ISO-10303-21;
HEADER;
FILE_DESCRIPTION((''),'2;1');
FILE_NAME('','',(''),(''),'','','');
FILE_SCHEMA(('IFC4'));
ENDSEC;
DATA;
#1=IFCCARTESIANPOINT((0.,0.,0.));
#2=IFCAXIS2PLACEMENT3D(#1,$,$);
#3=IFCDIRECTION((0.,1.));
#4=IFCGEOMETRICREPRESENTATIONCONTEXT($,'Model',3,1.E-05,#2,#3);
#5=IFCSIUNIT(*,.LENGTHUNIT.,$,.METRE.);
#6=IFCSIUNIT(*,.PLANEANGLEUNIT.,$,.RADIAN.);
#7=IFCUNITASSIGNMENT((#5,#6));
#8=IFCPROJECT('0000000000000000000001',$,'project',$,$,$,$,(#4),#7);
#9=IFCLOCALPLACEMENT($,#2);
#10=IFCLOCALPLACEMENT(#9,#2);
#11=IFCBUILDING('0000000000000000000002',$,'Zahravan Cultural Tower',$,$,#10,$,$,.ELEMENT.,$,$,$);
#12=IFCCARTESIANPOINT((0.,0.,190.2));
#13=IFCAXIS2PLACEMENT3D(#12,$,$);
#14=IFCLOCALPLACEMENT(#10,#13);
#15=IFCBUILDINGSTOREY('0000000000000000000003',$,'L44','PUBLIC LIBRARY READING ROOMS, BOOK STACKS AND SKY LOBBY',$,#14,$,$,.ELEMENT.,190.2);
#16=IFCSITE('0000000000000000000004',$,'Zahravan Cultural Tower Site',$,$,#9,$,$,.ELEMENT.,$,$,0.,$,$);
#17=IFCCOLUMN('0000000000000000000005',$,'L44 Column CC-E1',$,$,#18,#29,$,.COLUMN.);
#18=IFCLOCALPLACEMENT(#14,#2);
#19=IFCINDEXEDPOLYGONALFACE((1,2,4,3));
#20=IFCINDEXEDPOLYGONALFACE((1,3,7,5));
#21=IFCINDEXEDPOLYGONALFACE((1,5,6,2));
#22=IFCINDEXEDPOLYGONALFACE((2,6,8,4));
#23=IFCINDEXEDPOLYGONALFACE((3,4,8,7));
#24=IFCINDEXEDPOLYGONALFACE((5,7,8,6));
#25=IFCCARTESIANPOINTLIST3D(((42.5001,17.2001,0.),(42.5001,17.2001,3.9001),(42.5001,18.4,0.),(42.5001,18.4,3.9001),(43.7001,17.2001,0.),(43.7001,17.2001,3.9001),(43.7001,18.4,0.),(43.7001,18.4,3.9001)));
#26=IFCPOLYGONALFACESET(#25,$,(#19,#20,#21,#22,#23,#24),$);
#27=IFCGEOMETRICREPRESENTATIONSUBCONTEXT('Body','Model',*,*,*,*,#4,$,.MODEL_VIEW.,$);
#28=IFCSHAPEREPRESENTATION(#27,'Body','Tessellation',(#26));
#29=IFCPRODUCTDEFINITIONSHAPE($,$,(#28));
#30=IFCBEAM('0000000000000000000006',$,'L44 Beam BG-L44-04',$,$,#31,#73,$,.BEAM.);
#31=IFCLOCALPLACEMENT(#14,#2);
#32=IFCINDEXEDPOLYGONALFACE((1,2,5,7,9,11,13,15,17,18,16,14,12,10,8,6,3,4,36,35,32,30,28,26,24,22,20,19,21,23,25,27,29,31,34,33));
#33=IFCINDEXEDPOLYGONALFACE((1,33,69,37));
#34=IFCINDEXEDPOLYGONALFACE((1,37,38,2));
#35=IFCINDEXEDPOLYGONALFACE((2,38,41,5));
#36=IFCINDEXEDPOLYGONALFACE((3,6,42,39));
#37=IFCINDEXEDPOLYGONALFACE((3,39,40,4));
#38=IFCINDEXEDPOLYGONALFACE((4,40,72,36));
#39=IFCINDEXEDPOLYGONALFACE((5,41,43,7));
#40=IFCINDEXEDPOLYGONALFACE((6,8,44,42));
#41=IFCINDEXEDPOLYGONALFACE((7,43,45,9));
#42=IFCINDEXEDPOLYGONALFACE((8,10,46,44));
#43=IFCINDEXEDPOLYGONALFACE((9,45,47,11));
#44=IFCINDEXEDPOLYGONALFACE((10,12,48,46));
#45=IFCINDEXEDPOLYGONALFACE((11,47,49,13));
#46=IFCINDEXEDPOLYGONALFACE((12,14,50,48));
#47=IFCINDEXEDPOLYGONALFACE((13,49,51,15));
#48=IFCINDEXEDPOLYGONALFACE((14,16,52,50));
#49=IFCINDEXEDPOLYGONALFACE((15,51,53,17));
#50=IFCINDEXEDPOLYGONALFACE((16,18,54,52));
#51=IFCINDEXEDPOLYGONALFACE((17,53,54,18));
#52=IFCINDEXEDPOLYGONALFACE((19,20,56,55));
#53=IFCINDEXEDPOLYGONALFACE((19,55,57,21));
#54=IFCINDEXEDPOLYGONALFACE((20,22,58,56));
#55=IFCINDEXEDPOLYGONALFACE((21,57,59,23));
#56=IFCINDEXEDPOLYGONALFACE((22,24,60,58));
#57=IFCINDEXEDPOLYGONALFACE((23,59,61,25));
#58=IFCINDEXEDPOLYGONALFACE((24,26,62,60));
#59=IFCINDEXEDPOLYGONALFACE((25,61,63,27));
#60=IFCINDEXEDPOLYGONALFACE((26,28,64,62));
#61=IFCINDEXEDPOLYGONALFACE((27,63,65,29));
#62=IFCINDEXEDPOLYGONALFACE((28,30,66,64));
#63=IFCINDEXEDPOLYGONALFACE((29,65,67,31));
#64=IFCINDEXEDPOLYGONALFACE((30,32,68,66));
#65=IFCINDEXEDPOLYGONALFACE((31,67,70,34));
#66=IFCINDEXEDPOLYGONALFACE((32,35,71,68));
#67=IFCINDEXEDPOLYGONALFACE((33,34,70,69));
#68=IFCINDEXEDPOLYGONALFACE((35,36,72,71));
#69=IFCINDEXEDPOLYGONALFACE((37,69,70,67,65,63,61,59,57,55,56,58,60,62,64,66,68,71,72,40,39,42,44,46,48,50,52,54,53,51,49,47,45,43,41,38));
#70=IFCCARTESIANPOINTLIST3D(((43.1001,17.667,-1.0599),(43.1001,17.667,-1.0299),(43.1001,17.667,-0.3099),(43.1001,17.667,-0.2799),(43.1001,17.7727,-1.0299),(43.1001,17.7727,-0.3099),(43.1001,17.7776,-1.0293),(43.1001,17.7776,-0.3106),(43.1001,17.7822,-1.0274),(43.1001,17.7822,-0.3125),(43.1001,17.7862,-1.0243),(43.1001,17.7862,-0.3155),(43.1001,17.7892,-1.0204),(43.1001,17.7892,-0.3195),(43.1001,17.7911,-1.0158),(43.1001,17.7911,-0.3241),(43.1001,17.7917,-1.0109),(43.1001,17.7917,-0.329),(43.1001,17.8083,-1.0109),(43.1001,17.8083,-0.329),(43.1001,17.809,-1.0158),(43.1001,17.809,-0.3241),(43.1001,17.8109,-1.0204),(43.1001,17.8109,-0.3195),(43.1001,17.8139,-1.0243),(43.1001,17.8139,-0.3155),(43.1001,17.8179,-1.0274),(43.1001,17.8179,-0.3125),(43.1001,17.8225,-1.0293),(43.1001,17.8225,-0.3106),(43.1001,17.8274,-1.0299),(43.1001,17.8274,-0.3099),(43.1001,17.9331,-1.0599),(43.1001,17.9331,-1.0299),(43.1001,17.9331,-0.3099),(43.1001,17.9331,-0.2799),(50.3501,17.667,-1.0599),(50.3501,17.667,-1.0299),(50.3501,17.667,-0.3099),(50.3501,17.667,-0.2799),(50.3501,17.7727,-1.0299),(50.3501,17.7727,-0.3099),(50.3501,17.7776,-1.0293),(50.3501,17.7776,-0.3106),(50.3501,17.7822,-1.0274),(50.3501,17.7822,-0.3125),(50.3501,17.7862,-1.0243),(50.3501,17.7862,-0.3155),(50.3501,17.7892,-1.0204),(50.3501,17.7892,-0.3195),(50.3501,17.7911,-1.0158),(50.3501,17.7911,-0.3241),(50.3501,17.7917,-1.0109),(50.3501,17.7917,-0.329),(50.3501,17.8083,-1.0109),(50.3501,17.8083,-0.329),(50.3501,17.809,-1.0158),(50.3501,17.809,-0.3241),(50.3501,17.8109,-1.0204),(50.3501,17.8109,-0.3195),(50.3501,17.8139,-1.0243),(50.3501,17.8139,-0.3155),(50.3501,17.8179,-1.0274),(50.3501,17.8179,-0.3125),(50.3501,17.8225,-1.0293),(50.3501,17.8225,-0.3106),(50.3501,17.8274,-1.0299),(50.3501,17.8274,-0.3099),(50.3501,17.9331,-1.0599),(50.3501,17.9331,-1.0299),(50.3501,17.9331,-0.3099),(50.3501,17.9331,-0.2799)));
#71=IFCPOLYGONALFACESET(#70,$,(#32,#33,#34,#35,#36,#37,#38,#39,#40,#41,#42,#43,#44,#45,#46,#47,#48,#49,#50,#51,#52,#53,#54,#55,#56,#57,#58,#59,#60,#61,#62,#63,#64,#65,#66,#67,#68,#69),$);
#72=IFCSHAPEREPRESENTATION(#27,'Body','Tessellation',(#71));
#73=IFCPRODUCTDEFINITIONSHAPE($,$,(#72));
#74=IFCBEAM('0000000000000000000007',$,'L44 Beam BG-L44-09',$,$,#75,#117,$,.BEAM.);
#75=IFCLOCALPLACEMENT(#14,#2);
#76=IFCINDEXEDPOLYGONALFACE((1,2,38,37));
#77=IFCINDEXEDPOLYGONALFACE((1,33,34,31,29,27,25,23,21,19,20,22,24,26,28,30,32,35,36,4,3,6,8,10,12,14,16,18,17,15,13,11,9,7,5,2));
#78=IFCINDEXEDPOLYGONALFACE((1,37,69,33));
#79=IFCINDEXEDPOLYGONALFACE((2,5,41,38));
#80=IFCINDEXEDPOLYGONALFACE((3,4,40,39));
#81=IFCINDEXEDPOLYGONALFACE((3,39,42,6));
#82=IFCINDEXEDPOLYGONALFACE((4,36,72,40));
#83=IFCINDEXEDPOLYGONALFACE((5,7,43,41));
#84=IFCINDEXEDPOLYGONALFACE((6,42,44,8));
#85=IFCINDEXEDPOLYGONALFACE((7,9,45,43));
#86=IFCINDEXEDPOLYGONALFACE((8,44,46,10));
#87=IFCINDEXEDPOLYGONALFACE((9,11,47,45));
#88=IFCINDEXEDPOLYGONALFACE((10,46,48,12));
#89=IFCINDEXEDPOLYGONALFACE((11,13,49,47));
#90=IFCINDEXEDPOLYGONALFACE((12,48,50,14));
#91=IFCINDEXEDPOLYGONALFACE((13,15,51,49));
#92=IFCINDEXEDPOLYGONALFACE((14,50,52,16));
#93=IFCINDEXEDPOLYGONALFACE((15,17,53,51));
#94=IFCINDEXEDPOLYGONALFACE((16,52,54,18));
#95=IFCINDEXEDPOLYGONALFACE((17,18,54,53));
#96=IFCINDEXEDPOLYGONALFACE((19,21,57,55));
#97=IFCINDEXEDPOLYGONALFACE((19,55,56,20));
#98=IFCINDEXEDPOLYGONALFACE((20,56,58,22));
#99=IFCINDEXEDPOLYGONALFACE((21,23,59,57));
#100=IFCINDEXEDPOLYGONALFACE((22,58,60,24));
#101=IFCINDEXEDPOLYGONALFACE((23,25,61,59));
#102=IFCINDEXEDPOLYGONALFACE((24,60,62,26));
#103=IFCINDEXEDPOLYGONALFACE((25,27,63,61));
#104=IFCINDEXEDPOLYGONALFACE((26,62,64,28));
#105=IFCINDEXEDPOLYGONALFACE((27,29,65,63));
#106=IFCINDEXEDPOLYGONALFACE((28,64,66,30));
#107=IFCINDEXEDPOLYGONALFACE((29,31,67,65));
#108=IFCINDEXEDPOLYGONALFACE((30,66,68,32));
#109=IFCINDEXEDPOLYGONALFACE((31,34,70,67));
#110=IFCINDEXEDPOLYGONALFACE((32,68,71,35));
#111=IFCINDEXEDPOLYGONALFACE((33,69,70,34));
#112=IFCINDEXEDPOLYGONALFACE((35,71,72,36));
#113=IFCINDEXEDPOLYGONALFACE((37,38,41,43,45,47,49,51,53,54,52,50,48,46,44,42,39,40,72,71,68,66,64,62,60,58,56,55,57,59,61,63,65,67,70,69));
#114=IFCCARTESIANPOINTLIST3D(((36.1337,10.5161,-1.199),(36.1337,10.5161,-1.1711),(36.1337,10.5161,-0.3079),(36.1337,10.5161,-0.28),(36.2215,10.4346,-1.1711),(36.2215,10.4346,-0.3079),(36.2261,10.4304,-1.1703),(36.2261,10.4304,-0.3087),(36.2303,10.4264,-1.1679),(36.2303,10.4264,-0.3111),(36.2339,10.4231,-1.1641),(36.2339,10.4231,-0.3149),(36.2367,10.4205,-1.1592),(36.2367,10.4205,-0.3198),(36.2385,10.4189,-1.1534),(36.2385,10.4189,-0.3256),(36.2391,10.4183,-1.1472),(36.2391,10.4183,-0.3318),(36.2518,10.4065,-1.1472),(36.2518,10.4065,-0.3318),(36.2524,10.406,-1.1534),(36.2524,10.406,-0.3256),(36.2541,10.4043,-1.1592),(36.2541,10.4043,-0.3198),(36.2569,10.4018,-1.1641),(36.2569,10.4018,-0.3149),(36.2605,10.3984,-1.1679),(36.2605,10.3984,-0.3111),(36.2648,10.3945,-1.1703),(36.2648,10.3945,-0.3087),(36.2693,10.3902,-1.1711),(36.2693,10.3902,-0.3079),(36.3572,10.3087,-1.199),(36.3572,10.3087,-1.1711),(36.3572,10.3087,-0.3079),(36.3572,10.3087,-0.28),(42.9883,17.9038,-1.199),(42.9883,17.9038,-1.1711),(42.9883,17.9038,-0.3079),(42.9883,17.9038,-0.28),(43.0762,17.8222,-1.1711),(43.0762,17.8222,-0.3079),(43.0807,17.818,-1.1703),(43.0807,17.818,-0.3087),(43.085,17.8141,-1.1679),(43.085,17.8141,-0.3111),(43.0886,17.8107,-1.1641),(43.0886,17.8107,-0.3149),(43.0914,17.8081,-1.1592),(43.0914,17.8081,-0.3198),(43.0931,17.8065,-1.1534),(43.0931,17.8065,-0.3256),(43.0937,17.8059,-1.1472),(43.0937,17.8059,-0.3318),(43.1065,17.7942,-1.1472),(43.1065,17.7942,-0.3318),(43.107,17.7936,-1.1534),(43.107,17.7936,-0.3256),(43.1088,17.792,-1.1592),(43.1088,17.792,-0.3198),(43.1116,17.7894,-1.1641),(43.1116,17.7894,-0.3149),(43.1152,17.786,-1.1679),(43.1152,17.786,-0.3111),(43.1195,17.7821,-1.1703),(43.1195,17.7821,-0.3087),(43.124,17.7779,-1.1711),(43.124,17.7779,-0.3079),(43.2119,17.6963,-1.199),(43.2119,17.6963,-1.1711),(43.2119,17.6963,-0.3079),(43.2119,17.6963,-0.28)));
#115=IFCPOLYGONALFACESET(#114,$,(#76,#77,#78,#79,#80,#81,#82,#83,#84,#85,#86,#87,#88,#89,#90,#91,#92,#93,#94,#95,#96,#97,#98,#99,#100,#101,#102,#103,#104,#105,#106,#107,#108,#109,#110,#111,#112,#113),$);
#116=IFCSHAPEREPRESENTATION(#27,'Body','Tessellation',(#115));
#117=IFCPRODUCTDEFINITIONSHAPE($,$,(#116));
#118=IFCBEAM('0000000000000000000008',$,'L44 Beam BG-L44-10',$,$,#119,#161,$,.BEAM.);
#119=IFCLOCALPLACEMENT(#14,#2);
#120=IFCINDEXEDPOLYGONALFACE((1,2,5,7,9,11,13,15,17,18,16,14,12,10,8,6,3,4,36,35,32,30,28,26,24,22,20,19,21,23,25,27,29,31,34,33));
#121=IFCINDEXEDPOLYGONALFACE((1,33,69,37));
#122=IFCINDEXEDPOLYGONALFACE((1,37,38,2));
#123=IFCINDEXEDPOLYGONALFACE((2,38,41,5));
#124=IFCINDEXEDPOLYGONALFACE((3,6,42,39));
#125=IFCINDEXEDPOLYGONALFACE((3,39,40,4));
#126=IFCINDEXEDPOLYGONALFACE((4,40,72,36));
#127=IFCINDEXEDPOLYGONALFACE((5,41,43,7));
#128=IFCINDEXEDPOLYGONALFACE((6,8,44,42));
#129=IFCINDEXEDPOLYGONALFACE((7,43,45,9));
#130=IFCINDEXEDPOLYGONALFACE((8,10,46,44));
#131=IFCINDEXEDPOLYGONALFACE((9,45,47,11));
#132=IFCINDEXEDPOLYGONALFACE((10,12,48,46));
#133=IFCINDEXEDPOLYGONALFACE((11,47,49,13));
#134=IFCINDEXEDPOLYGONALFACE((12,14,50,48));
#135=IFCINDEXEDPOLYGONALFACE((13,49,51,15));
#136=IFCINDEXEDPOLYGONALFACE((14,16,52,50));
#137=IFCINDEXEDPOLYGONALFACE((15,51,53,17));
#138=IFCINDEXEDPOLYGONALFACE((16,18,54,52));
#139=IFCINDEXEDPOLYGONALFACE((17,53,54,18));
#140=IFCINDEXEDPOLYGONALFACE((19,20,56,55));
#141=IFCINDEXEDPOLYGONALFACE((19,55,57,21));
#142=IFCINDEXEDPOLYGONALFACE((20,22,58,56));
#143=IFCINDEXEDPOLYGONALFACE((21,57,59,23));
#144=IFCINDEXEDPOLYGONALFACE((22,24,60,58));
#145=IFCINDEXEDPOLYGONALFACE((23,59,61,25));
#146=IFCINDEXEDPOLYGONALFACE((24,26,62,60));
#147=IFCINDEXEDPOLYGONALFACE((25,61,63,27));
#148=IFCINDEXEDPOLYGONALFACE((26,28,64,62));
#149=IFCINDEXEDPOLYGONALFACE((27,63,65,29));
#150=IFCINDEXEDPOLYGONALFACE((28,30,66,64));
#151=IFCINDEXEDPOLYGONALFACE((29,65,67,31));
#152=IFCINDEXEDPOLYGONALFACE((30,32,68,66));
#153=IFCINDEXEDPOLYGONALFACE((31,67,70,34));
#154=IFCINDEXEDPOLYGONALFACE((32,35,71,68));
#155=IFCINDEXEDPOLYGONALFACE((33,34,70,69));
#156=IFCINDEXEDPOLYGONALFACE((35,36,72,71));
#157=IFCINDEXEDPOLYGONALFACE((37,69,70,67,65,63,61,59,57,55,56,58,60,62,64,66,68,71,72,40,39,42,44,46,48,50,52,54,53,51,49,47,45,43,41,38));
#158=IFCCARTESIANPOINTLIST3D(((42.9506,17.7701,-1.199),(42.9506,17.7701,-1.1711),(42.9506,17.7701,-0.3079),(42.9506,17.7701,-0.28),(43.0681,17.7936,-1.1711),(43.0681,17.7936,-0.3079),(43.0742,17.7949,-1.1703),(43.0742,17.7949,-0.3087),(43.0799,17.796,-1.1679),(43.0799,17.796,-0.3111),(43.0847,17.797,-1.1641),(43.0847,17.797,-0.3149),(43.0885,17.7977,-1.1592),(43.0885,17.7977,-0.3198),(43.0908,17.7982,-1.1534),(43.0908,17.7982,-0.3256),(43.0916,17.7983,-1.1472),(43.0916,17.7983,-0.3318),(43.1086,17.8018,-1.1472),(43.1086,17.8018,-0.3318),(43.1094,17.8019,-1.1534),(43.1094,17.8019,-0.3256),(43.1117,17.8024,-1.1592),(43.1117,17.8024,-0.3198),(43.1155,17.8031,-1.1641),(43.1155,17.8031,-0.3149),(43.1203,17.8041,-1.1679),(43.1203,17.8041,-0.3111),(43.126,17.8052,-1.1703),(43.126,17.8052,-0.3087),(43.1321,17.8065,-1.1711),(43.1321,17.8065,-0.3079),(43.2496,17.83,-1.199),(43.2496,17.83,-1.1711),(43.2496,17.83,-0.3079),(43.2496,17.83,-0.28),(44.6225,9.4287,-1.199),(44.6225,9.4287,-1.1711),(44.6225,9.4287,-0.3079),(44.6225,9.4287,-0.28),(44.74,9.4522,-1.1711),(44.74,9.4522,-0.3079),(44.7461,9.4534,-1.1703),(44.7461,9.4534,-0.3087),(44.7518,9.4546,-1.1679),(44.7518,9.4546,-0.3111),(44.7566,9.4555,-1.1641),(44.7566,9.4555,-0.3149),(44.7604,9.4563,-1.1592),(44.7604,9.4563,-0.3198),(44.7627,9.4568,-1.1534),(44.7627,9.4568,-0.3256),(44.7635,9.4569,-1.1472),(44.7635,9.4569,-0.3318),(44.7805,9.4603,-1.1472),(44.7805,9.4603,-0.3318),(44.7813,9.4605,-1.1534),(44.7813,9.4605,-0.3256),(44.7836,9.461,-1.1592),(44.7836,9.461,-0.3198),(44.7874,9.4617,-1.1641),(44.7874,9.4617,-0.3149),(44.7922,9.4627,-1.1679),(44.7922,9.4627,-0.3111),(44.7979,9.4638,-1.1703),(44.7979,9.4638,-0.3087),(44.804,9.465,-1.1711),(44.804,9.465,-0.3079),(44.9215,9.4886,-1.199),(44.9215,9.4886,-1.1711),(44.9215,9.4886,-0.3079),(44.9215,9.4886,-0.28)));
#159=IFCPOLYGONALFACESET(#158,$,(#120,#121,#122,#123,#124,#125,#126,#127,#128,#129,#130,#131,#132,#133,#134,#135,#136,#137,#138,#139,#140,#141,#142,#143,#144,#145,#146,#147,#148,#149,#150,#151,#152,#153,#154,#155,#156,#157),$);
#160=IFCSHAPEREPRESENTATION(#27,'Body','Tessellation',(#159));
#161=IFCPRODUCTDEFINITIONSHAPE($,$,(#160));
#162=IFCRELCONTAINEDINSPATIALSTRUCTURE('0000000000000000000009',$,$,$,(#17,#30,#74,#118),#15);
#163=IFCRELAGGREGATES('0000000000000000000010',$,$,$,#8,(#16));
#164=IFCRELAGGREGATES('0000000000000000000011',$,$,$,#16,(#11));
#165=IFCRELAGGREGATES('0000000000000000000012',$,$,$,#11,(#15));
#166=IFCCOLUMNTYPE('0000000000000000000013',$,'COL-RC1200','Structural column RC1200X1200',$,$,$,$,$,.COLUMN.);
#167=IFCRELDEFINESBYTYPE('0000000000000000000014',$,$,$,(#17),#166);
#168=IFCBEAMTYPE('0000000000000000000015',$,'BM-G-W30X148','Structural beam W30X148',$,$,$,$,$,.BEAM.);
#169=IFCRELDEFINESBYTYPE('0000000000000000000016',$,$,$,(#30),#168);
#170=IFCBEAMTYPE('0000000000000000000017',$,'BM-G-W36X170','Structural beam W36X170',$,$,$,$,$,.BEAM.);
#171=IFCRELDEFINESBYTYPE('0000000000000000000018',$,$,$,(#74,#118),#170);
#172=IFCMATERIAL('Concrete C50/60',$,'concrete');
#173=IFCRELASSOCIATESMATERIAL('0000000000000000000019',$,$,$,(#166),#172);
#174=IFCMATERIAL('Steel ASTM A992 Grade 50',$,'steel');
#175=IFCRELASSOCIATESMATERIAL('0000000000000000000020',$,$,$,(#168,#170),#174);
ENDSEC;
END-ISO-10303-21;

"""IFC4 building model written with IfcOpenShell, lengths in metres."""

from ifc_helpers import new_model, si_unit, direction, frame, origin, origin_2d, place, context, subcontext, project, spatial, rectangle, i_section, extrude, source, transform, mapped, material, material_profile, profile_set, type_object, element, save


model = new_model("IFC4")

# Units and contexts
model_context = context("Model", 3, precision=1e-05, world=origin(), true_north=direction((0.0, 1.0)))
body_context = subcontext(model_context, "Body", "Model", "MODEL_VIEW")
ifc_project = project(units=[si_unit("LENGTHUNIT", "METRE"), si_unit("PLANEANGLEUNIT", "RADIAN")], contexts=[model_context])

# Site, building, storey
site_placement = place(None, origin())
site = spatial("IfcSite", under=ifc_project, at=site_placement, Name="Zahravan Cultural Tower Site", CompositionType="ELEMENT", RefElevation=0.0)
building_placement = place(site_placement, origin())
building = spatial("IfcBuilding", under=site, at=building_placement, Name="Zahravan Cultural Tower", CompositionType="ELEMENT")
storey_placement = place(building_placement, frame((0.0, 0.0, 190.2)))
storey = spatial("IfcBuildingStorey", under=building, at=storey_placement, Name="L44", Description="PUBLIC LIBRARY READING ROOMS, BOOK STACKS AND SKY LOBBY", CompositionType="ELEMENT", Elevation=190.2)

# Column
ifc_material_1 = material(Name="Concrete C50/60", Category="concrete")
ifc_material_profile_1 = material_profile(ifc_material_1, rectangle(XDim=1.2, YDim=1.2, at=origin_2d()), Name="RC1200X1200")
ifc_profile_set_1 = profile_set([ifc_material_profile_1], Name="Concrete C50/60")
column_type = type_object("IfcColumnType", Name="COL-RC1200", Description="Structural column RC1200X1200", PredefinedType="COLUMN", material=ifc_profile_set_1)
shared_shape_1 = source(origin(), body_context, "Body", "SweptSolid", [
    extrude(rectangle(XDim=1.2, YDim=1.2, at=origin_2d()), origin(), (0.0, 0.0, 1.0), 3.9001),
])
column_placement = place(storey_placement, frame((43.1001, 17.8, 0.0), z_axis=(0.0, 0.0, 1.0), x_axis=(1.0, 0.0, 0.0)))
element("IfcColumn", 1, at=column_placement, inside=storey, type_object=column_type, Name="L44 Column CC-E1", PredefinedType="COLUMN", context=body_context, shape_type="MappedRepresentation", body=[
    mapped(shared_shape_1, transform((0.0, 0.0, 0.0), x_axis=(1.0, 0.0, 0.0), y_axis=(0.0, 1.0, 0.0), z_axis=(0.0, 0.0, 1.0), scale=1.0)),
])

# Beams
ifc_material_2 = material(Name="Steel ASTM A992 Grade 50", Category="steel")
ifc_material_profile_2 = material_profile(ifc_material_2, i_section(OverallWidth=0.2661, OverallDepth=0.78, WebThickness=0.0166, FlangeThickness=0.03, FilletRadius=0.019, at=origin_2d()), Name="W30X148")
ifc_profile_set_2 = profile_set([ifc_material_profile_2], Name="Steel ASTM A992 Grade 50")
beam_type_1 = type_object("IfcBeamType", Name="BM-G-W30X148", Description="Structural beam W30X148", PredefinedType="BEAM", material=ifc_profile_set_2)
shared_shape_2 = source(origin(), body_context, "Body", "SweptSolid", [
    extrude(i_section(OverallWidth=0.2661, OverallDepth=0.78, WebThickness=0.0166, FlangeThickness=0.03, FilletRadius=0.019, at=origin_2d()), origin(), (0.0, 0.0, 1.0), 7.25),
])
beam_1_placement = place(storey_placement, frame((43.1001, 17.8, -0.6699), z_axis=(1.0, 0.0, 0.0), x_axis=(0.0, 1.0, 0.0)))
element("IfcBeam", 2, at=beam_1_placement, inside=storey, type_object=beam_type_1, Name="L44 Beam BG-L44-04", PredefinedType="BEAM", context=body_context, shape_type="MappedRepresentation", body=[
    mapped(shared_shape_2, transform((0.0, 0.0, 0.0), x_axis=(1.0, 0.0, 0.0), y_axis=(0.0, 1.0, 0.0), z_axis=(0.0, 0.0, 1.0), scale=1.0)),
])
ifc_material_profile_3 = material_profile(ifc_material_2, i_section(OverallWidth=0.3049, OverallDepth=0.9189, WebThickness=0.0173, FlangeThickness=0.0278, FilletRadius=0.0239, at=origin_2d()), Name="W36X170")
ifc_profile_set_3 = profile_set([ifc_material_profile_3], Name="Steel ASTM A992 Grade 50")
beam_type_2 = type_object("IfcBeamType", Name="BM-G-W36X170", Description="Structural beam W36X170", PredefinedType="BEAM", material=ifc_profile_set_3)
shared_shape_3 = source(origin(), body_context, "Body", "SweptSolid", [
    extrude(i_section(OverallWidth=0.3049, OverallDepth=0.9189, WebThickness=0.0173, FlangeThickness=0.0278, FilletRadius=0.0239, at=origin_2d()), origin(), (0.0, 0.0, 1.0), 10.0779),
])
beam_2_placement = place(storey_placement, frame((43.1001, 17.8, -0.7395), z_axis=(-0.68017, -0.733054, 0.0), x_axis=(0.733054, -0.68017, 0.0)))
element("IfcBeam", 3, at=beam_2_placement, inside=storey, type_object=beam_type_2, Name="L44 Beam BG-L44-09", PredefinedType="BEAM", context=body_context, shape_type="MappedRepresentation", body=[
    mapped(shared_shape_3, transform((0.0, 0.0, 0.0), x_axis=(1.0, 0.0, 0.0), y_axis=(0.0, 1.0, 0.0), z_axis=(0.0, 0.0, 1.0), scale=1.0)),
])
shared_shape_4 = source(origin(), body_context, "Body", "SweptSolid", [
    extrude(i_section(OverallWidth=0.3049, OverallDepth=0.9189, WebThickness=0.0173, FlangeThickness=0.0278, FilletRadius=0.0239, at=origin_2d()), origin(), (0.0, 0.0, 1.0), 8.5073),
])
beam_3_placement = place(storey_placement, frame((43.1001, 17.8, -0.7395), z_axis=(0.196525, -0.980499, 0.0), x_axis=(0.980499, 0.196525, 0.0)))
element("IfcBeam", 4, at=beam_3_placement, inside=storey, type_object=beam_type_2, Name="L44 Beam BG-L44-10", PredefinedType="BEAM", context=body_context, shape_type="MappedRepresentation", body=[
    mapped(shared_shape_4, transform((0.0, 0.0, 0.0), x_axis=(1.0, 0.0, 0.0), y_axis=(0.0, 1.0, 0.0), z_axis=(0.0, 0.0, 1.0), scale=1.0)),
])

save(model, "model.ifc")
